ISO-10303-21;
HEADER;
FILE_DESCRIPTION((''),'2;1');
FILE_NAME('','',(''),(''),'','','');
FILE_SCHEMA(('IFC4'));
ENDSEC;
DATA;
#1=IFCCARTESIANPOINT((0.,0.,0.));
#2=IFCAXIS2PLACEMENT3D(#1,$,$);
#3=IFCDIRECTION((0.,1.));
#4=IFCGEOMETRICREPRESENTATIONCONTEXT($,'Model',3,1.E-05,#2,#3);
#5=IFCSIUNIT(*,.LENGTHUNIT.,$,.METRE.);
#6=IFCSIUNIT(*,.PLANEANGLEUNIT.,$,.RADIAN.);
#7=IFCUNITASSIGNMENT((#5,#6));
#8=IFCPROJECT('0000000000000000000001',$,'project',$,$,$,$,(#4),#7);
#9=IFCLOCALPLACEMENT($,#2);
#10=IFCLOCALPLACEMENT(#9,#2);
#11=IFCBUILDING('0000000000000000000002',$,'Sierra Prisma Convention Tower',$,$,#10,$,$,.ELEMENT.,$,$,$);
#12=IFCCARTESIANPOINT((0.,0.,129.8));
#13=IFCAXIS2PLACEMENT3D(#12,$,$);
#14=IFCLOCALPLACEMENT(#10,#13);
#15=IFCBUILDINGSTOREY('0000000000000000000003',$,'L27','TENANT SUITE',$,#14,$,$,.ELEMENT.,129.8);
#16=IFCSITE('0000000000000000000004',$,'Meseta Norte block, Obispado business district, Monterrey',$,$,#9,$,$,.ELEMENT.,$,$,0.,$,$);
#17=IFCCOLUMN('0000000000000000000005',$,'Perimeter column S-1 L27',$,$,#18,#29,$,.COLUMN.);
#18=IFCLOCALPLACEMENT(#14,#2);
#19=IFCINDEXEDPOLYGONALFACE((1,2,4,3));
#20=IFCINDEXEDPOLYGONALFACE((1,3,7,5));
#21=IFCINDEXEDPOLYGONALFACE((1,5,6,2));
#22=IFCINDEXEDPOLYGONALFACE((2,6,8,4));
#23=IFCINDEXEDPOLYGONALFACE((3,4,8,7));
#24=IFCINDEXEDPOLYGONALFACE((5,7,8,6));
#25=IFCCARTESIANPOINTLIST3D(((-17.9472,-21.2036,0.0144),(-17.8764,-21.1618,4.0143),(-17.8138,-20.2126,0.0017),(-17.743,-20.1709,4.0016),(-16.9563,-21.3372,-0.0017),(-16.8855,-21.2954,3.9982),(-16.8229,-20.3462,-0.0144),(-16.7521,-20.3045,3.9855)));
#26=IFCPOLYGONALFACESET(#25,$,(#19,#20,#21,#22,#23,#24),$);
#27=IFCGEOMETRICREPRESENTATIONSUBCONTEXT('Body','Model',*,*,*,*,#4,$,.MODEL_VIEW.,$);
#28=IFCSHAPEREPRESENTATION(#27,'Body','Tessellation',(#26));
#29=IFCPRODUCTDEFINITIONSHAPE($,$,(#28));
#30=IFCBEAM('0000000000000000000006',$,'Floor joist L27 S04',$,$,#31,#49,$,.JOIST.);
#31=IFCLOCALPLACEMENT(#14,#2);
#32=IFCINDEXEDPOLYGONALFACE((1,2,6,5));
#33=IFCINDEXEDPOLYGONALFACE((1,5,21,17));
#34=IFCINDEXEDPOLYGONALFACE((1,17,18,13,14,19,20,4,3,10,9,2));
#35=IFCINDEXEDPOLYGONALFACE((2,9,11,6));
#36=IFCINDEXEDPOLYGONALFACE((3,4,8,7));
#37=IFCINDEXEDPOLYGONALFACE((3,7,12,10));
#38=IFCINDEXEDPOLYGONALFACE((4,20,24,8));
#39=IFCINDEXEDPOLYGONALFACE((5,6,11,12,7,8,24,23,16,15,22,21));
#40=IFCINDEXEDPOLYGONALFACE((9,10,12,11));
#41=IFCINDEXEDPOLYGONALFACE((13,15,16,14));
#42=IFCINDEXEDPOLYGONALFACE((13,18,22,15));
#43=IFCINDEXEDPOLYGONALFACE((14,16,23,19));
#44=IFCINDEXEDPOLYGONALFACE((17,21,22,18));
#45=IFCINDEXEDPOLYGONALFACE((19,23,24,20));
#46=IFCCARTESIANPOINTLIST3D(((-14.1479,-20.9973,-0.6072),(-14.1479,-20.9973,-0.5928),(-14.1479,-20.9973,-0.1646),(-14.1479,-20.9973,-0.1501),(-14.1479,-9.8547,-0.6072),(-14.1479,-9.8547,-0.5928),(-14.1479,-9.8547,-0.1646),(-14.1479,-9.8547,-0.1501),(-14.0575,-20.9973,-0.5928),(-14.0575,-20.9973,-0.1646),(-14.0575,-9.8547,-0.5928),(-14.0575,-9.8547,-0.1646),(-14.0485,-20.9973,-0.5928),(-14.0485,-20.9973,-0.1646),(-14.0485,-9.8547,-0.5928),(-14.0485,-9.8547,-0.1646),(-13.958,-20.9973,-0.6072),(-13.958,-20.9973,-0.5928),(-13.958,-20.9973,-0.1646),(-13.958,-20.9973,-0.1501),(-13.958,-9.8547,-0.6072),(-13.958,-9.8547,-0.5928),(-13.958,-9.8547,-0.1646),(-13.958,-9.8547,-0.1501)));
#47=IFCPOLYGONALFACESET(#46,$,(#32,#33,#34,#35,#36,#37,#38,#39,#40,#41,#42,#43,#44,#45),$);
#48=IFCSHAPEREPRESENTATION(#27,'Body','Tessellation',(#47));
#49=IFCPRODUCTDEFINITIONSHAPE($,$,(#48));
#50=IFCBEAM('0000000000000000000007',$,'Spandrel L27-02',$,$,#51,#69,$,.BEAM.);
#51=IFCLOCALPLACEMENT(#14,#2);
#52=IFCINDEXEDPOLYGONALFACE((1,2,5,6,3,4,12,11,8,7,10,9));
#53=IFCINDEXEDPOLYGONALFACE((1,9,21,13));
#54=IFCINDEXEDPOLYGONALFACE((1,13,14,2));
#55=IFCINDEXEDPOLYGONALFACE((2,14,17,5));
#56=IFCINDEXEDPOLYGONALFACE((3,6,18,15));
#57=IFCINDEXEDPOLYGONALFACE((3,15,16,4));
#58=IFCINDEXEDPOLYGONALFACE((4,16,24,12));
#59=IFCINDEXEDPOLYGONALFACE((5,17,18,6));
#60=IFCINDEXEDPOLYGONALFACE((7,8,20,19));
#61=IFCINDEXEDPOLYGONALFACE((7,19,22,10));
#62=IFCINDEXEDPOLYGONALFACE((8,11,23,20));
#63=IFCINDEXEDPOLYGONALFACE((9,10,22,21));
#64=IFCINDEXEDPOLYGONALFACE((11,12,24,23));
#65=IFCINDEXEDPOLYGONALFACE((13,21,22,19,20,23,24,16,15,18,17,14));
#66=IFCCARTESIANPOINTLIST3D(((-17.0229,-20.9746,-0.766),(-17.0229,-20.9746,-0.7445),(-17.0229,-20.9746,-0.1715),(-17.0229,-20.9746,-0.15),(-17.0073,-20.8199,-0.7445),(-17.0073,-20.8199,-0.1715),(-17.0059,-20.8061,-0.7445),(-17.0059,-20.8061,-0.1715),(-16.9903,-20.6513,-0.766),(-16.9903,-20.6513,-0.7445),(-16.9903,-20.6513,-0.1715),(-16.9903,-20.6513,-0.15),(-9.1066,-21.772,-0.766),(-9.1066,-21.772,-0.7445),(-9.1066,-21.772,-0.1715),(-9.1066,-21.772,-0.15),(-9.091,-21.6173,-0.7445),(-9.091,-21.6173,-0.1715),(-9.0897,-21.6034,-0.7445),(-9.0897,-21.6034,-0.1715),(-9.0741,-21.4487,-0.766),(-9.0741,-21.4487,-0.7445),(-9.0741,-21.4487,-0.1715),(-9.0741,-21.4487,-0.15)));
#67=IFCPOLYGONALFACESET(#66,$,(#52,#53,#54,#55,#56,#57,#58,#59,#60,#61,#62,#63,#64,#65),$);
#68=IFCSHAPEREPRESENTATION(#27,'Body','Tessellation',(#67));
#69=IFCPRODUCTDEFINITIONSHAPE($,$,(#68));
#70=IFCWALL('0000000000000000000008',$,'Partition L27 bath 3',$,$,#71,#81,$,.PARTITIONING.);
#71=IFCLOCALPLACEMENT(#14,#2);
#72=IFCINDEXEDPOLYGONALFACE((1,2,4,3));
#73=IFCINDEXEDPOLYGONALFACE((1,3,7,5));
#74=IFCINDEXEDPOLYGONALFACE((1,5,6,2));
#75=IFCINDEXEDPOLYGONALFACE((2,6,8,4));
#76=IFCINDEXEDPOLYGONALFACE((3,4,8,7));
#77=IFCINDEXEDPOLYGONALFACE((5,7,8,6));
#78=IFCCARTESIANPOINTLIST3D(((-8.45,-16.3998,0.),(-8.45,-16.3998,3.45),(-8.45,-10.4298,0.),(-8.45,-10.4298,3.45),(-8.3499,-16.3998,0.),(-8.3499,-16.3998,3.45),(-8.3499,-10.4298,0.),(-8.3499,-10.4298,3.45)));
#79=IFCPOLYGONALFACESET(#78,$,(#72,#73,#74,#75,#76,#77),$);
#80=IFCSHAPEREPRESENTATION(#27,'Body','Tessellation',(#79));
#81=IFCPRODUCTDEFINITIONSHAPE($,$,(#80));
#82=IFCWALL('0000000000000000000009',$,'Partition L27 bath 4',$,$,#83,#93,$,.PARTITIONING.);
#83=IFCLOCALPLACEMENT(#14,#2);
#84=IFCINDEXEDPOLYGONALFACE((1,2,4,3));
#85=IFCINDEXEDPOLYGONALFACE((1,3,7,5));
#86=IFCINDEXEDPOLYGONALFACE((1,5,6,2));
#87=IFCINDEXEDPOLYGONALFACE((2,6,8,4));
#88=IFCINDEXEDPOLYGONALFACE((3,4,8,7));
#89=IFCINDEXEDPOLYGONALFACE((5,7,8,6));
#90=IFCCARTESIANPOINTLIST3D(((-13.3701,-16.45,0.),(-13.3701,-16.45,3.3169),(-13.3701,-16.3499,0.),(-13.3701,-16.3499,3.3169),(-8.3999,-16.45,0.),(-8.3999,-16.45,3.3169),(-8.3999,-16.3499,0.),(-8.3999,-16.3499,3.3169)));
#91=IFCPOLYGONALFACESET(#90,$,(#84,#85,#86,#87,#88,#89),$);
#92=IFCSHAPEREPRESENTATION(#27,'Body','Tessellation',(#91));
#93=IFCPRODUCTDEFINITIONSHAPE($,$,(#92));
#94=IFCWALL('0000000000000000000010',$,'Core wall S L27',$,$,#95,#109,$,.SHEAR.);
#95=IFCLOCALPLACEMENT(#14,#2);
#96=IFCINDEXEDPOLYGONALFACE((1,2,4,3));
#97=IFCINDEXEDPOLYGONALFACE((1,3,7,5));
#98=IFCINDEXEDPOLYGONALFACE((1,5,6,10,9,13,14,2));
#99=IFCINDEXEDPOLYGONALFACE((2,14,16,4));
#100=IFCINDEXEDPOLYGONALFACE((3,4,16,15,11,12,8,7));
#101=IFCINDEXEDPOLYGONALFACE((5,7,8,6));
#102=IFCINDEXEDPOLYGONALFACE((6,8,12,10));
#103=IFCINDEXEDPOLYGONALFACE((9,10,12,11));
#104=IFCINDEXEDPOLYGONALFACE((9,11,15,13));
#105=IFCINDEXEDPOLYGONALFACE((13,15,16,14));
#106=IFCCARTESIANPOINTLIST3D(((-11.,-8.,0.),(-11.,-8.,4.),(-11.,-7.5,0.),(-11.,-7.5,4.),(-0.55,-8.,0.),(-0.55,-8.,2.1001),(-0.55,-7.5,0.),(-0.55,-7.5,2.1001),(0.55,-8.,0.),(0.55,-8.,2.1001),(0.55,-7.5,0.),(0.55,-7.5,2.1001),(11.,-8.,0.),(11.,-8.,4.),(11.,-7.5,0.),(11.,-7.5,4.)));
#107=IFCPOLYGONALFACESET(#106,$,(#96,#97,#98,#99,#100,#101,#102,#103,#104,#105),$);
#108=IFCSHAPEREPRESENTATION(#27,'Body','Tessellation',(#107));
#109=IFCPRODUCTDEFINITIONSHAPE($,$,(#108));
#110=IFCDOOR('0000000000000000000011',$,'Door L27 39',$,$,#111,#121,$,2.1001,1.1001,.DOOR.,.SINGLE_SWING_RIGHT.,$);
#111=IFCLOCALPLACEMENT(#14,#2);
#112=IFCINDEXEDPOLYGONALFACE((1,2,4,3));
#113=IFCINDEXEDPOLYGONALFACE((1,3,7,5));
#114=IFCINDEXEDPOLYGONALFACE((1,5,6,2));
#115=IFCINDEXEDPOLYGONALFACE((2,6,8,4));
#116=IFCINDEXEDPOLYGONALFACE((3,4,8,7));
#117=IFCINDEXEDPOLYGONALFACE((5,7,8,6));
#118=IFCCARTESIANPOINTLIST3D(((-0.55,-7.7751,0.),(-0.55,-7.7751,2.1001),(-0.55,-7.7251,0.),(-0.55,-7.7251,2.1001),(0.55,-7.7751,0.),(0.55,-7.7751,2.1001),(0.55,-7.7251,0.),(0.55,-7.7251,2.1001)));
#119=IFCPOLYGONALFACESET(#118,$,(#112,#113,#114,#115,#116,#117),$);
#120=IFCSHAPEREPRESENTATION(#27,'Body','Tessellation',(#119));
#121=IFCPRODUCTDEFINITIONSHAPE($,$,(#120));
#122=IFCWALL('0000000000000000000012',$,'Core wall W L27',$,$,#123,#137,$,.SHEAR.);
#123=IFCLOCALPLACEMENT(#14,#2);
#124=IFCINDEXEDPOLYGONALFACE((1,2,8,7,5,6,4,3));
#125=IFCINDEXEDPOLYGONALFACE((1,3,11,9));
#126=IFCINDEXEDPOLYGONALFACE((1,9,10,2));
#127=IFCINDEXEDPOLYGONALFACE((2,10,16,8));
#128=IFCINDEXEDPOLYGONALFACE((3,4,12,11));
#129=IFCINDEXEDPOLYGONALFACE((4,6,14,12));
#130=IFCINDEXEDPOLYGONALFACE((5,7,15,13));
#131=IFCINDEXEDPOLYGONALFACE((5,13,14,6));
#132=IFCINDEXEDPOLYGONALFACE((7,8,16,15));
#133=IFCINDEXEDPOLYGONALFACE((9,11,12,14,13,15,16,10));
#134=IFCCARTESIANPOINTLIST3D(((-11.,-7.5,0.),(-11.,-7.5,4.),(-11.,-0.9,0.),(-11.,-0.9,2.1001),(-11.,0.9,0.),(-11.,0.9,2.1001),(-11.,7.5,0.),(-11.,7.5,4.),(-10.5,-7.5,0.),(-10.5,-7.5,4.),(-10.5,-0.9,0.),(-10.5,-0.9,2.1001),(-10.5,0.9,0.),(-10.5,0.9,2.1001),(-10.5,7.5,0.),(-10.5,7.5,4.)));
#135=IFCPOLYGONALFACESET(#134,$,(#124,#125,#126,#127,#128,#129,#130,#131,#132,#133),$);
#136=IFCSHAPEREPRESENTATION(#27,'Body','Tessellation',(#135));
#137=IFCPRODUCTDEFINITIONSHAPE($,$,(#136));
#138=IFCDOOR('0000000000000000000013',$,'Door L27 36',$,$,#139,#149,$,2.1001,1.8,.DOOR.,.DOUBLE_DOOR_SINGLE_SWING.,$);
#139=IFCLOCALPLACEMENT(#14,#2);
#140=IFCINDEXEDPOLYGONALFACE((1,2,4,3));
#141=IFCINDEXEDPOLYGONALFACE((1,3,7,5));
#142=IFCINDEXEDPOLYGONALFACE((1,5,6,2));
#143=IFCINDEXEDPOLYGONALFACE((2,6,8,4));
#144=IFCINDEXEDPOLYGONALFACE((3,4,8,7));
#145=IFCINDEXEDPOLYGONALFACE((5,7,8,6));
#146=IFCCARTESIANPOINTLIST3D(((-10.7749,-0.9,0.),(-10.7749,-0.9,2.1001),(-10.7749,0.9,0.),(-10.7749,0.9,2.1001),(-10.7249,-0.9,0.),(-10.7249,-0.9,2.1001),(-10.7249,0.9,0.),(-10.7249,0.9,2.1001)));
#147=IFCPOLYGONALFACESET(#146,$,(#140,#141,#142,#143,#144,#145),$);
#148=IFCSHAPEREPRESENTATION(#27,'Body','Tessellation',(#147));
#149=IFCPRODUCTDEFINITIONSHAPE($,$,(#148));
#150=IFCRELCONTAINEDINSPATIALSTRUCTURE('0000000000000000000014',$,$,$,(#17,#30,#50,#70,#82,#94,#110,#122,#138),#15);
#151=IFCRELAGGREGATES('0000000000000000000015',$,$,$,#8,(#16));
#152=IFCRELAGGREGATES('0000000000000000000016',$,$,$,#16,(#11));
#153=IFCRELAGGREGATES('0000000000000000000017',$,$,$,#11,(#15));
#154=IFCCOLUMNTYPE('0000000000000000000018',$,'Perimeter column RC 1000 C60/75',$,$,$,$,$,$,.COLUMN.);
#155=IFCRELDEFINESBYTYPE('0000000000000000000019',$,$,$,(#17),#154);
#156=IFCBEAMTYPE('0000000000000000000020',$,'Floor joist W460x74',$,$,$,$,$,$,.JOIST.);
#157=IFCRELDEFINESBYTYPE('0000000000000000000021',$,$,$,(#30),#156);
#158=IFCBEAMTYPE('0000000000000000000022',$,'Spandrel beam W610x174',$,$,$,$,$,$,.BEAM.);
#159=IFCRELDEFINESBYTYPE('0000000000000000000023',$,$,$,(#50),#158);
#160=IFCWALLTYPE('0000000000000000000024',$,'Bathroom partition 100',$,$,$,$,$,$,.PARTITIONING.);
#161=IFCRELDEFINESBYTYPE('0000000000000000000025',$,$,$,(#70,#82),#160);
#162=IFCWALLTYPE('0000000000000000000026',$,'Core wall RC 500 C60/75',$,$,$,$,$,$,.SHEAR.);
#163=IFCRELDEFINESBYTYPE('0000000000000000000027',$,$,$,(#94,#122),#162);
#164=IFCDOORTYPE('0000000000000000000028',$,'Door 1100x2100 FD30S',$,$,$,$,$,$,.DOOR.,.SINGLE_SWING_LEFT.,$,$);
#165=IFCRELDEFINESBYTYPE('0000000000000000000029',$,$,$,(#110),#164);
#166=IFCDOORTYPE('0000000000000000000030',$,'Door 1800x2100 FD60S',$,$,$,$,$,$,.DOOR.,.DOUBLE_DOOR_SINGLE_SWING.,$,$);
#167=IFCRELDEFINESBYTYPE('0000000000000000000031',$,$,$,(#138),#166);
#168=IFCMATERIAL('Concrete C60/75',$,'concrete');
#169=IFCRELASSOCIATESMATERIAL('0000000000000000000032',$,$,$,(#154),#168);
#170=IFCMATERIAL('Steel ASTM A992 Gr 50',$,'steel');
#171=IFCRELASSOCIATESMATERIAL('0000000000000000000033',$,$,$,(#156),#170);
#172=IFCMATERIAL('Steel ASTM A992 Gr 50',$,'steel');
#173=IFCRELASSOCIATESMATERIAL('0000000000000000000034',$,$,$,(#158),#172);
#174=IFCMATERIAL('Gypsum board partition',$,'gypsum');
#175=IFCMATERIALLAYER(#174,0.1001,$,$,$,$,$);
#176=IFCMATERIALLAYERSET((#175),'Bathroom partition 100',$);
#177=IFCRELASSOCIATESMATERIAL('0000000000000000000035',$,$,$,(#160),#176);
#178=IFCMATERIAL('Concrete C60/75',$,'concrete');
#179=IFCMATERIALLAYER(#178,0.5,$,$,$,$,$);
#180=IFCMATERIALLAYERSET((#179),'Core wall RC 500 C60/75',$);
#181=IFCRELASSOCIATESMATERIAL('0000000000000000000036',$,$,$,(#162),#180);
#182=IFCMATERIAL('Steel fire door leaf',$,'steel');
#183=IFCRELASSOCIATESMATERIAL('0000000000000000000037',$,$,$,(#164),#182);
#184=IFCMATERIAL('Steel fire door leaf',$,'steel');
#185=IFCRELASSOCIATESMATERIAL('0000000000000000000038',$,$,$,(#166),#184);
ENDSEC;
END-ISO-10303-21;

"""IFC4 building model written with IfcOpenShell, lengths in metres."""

from ifc_helpers import new_model, si_unit, direction, frame, frame_2d, origin, origin_2d, place, context, subcontext, project, spatial, rectangle, i_section, extrude, material, layer, layer_set, material_profile, profile_set, type_object, element, fill, save


model = new_model("IFC4")

# Units and contexts
model_context = context("Model", 3, precision=1e-05, world=origin(), true_north=direction((0.0, 1.0)))
body_context = subcontext(model_context, "Body", "Model", "MODEL_VIEW")
ifc_project = project(units=[si_unit("LENGTHUNIT", "METRE"), si_unit("PLANEANGLEUNIT", "RADIAN")], contexts=[model_context])

# Site, building, storey
site_placement = place(None, origin())
site = spatial("IfcSite", under=ifc_project, at=site_placement, Name="Meseta Norte block, Obispado business district, Monterrey", CompositionType="ELEMENT", RefElevation=0.0)
building_placement = place(site_placement, origin())
building = spatial("IfcBuilding", under=site, at=building_placement, Name="Sierra Prisma Convention Tower", CompositionType="ELEMENT")
storey_placement = place(building_placement, frame((0.0, 0.0, 129.8)))
storey = spatial("IfcBuildingStorey", under=building, at=storey_placement, Name="L27", Description="TENANT SUITE", CompositionType="ELEMENT", Elevation=129.8)

# Column
ifc_material_1 = material(Name="Concrete C60/75", Category="concrete")
ifc_material_profile_1 = material_profile(ifc_material_1, rectangle(XDim=1.0, YDim=1.0, at=origin_2d()), Name="Perimeter column RC 1000 C60/75")
ifc_profile_set_1 = profile_set([ifc_material_profile_1], Name="Concrete C60/75")
column_type = type_object("IfcColumnType", Name="Perimeter column RC 1000 C60/75", PredefinedType="COLUMN", material=ifc_profile_set_1)
column_placement = place(storey_placement, frame((-17.385, -20.7749, 0.0), z_axis=(0.017696, 0.010435, 0.999789), x_axis=(-0.990904, 0.1336, 0.016145)))
element("IfcColumn", 1, at=column_placement, inside=storey, type_object=column_type, Name="Perimeter column S-1 L27", PredefinedType="COLUMN", context=body_context, shape_type="SweptSolid", body=[
    extrude(rectangle(XDim=1.0, YDim=1.0, at=origin_2d()), origin(), (0.0, 0.0, 1.0), 4.0007),
])

# Beams
ifc_material_2 = material(Name="Steel ASTM A992 Gr 50", Category="steel")
ifc_material_profile_2 = material_profile(ifc_material_2, i_section(OverallWidth=0.1899, OverallDepth=0.457, WebThickness=0.009, FlangeThickness=0.0144, at=origin_2d()), Name="W460x74")
ifc_profile_set_2 = profile_set([ifc_material_profile_2], Name="Steel ASTM A992 Gr 50")
beam_type_1 = type_object("IfcBeamType", Name="Floor joist W460x74", PredefinedType="JOIST", material=ifc_profile_set_2)
beam_1_placement = place(storey_placement, frame((-14.053, -20.9973, -0.3787), z_axis=(0.0, 1.0, 0.0), x_axis=(-1.0, 0.0, 0.0)))
element("IfcBeam", 2, at=beam_1_placement, inside=storey, type_object=beam_type_1, Name="Floor joist L27 S04", PredefinedType="JOIST", context=body_context, shape_type="SweptSolid", body=[
    extrude(i_section(OverallWidth=0.1899, OverallDepth=0.457, WebThickness=0.009, FlangeThickness=0.0144, at=origin_2d()), origin(), (0.0, 0.0, 1.0), 11.1426),
])
ifc_material_3 = material(Name="Steel ASTM A992 Gr 50", Category="steel")
ifc_material_profile_3 = material_profile(ifc_material_3, i_section(OverallWidth=0.325, OverallDepth=0.616, WebThickness=0.0139, FlangeThickness=0.0215, at=origin_2d()), Name="W610x174")
ifc_profile_set_3 = profile_set([ifc_material_profile_3], Name="Steel ASTM A992 Gr 50")
beam_type_2 = type_object("IfcBeamType", Name="Spandrel beam W610x174", PredefinedType="BEAM", material=ifc_profile_set_3)
beam_2_placement = place(storey_placement, frame((-17.0066, -20.813, -0.458), z_axis=(0.994966, -0.100218, 0.0), x_axis=(0.100218, 0.994966, 0.0)))
element("IfcBeam", 3, at=beam_2_placement, inside=storey, type_object=beam_type_2, Name="Spandrel L27-02", PredefinedType="BEAM", context=body_context, shape_type="SweptSolid", body=[
    extrude(i_section(OverallWidth=0.325, OverallDepth=0.616, WebThickness=0.0139, FlangeThickness=0.0215, at=origin_2d()), origin(), (0.0, 0.0, 1.0), 7.9563),
])

# Walls
ifc_material_4 = material(Name="Gypsum board partition", Category="gypsum")
ifc_layer_1 = layer(ifc_material_4, 0.1001)
ifc_layer_set_1 = layer_set([ifc_layer_1], Name="Bathroom partition 100")
wall_type_1 = type_object("IfcWallType", Name="Bathroom partition 100", PredefinedType="PARTITIONING", material=ifc_layer_set_1)
wall_1_placement = place(storey_placement, frame((-8.3999, -10.4299, 0.0), z_axis=(0.0, 0.0, 1.0), x_axis=(0.0, -1.0, 0.0)))
element("IfcWall", 4, at=wall_1_placement, inside=storey, type_object=wall_type_1, Name="Partition L27 bath 3", PredefinedType="PARTITIONING", context=body_context, shape_type="SweptSolid", body=[
    extrude(rectangle(XDim=5.97, YDim=0.1001, at=frame_2d((2.9849, 0.0))), origin(), (0.0, 0.0, 1.0), 3.45),
])
wall_2_placement = place(storey_placement, frame((-8.3999, -16.3999, 0.0), z_axis=(0.0, 0.0, 1.0), x_axis=(-1.0, 0.0, 0.0)))
element("IfcWall", 5, at=wall_2_placement, inside=storey, type_object=wall_type_1, Name="Partition L27 bath 4", PredefinedType="PARTITIONING", context=body_context, shape_type="SweptSolid", body=[
    extrude(rectangle(XDim=4.9702, YDim=0.1001, at=frame_2d((2.4851, 0.0))), origin(), (0.0, 0.0, 1.0), 3.3169),
])

# Walls, openings, doors
ifc_material_5 = material(Name="Concrete C60/75", Category="concrete")
ifc_layer_2 = layer(ifc_material_5, 0.5)
ifc_layer_set_2 = layer_set([ifc_layer_2], Name="Core wall RC 500 C60/75")
wall_type_2 = type_object("IfcWallType", Name="Core wall RC 500 C60/75", PredefinedType="SHEAR", material=ifc_layer_set_2)
wall_3_placement = place(storey_placement, frame((-11.0, -7.75, 0.0), z_axis=(0.0, 0.0, 1.0), x_axis=(1.0, 0.0, 0.0)))
wall_3 = element("IfcWall", 6, at=wall_3_placement, inside=storey, type_object=wall_type_2, Name="Core wall S L27", PredefinedType="SHEAR", context=body_context, shape_type="SweptSolid", body=[
    extrude(rectangle(XDim=22.0, YDim=0.5, at=frame_2d((11.0, 0.0))), origin(), (0.0, 0.0, 1.0), 4.0),
])
opening_1_placement = place(wall_3_placement, frame((10.45, 0.0, 0.0)))
opening_1 = element("IfcOpeningElement", 7, at=opening_1_placement, cuts=wall_3, PredefinedType="OPENING", context=body_context, shape_type="SweptSolid", body=[
    extrude(rectangle(XDim=1.1001, YDim=2.1001, at=frame_2d((0.55, 1.05))), frame((0.0, 0.25, 0.0), z_axis=(0.0, -1.0, 0.0), x_axis=(1.0, 0.0, 0.0)), (0.0, 0.0, 1.0), 0.5),
])
ifc_material_6 = material(Name="Steel fire door leaf", Category="steel")
door_type_1 = type_object("IfcDoorType", Name="Door 1100x2100 FD30S", OperationType="SINGLE_SWING_LEFT", PredefinedType="DOOR", material=ifc_material_6)
door_1_placement = place(opening_1_placement, origin())
door_1 = element("IfcDoor", 8, at=door_1_placement, inside=storey, type_object=door_type_1, Name="Door L27 39", OperationType="SINGLE_SWING_RIGHT", OverallHeight=2.1001, OverallWidth=1.1001, PredefinedType="DOOR", context=body_context, shape_type="SweptSolid", body=[
    extrude(rectangle(XDim=1.1001, YDim=2.1001, at=frame_2d((0.55, 1.05))), frame((0.0, 0.0249, 0.0), z_axis=(0.0, -1.0, 0.0), x_axis=(1.0, 0.0, 0.0)), (0.0, 0.0, 1.0), 0.05),
])
fill(opening_1, door_1)
wall_4_placement = place(storey_placement, frame((-10.75, -7.5, 0.0), z_axis=(0.0, 0.0, 1.0), x_axis=(0.0, 1.0, 0.0)))
wall_4 = element("IfcWall", 9, at=wall_4_placement, inside=storey, type_object=wall_type_2, Name="Core wall W L27", PredefinedType="SHEAR", context=body_context, shape_type="SweptSolid", body=[
    extrude(rectangle(XDim=15.0, YDim=0.5, at=frame_2d((7.5, 0.0))), origin(), (0.0, 0.0, 1.0), 4.0),
])
opening_2_placement = place(wall_4_placement, frame((6.6001, 0.0, 0.0)))
opening_2 = element("IfcOpeningElement", 10, at=opening_2_placement, cuts=wall_4, PredefinedType="OPENING", context=body_context, shape_type="SweptSolid", body=[
    extrude(rectangle(XDim=1.8, YDim=2.1001, at=frame_2d((0.8999, 1.05))), frame((0.0, 0.25, 0.0), z_axis=(0.0, -1.0, 0.0), x_axis=(1.0, 0.0, 0.0)), (0.0, 0.0, 1.0), 0.5),
])
ifc_material_7 = material(Name="Steel fire door leaf", Category="steel")
door_type_2 = type_object("IfcDoorType", Name="Door 1800x2100 FD60S", OperationType="DOUBLE_DOOR_SINGLE_SWING", PredefinedType="DOOR", material=ifc_material_7)
door_2_placement = place(opening_2_placement, origin())
door_2 = element("IfcDoor", 11, at=door_2_placement, inside=storey, type_object=door_type_2, Name="Door L27 36", OperationType="DOUBLE_DOOR_SINGLE_SWING", OverallHeight=2.1001, OverallWidth=1.8, PredefinedType="DOOR", context=body_context, shape_type="SweptSolid", body=[
    extrude(rectangle(XDim=1.8, YDim=2.1001, at=frame_2d((0.8999, 1.05))), frame((0.0, 0.0249, 0.0), z_axis=(0.0, -1.0, 0.0), x_axis=(1.0, 0.0, 0.0)), (0.0, 0.0, 1.0), 0.05),
])
fill(opening_2, door_2)

save(model, "model.ifc")
